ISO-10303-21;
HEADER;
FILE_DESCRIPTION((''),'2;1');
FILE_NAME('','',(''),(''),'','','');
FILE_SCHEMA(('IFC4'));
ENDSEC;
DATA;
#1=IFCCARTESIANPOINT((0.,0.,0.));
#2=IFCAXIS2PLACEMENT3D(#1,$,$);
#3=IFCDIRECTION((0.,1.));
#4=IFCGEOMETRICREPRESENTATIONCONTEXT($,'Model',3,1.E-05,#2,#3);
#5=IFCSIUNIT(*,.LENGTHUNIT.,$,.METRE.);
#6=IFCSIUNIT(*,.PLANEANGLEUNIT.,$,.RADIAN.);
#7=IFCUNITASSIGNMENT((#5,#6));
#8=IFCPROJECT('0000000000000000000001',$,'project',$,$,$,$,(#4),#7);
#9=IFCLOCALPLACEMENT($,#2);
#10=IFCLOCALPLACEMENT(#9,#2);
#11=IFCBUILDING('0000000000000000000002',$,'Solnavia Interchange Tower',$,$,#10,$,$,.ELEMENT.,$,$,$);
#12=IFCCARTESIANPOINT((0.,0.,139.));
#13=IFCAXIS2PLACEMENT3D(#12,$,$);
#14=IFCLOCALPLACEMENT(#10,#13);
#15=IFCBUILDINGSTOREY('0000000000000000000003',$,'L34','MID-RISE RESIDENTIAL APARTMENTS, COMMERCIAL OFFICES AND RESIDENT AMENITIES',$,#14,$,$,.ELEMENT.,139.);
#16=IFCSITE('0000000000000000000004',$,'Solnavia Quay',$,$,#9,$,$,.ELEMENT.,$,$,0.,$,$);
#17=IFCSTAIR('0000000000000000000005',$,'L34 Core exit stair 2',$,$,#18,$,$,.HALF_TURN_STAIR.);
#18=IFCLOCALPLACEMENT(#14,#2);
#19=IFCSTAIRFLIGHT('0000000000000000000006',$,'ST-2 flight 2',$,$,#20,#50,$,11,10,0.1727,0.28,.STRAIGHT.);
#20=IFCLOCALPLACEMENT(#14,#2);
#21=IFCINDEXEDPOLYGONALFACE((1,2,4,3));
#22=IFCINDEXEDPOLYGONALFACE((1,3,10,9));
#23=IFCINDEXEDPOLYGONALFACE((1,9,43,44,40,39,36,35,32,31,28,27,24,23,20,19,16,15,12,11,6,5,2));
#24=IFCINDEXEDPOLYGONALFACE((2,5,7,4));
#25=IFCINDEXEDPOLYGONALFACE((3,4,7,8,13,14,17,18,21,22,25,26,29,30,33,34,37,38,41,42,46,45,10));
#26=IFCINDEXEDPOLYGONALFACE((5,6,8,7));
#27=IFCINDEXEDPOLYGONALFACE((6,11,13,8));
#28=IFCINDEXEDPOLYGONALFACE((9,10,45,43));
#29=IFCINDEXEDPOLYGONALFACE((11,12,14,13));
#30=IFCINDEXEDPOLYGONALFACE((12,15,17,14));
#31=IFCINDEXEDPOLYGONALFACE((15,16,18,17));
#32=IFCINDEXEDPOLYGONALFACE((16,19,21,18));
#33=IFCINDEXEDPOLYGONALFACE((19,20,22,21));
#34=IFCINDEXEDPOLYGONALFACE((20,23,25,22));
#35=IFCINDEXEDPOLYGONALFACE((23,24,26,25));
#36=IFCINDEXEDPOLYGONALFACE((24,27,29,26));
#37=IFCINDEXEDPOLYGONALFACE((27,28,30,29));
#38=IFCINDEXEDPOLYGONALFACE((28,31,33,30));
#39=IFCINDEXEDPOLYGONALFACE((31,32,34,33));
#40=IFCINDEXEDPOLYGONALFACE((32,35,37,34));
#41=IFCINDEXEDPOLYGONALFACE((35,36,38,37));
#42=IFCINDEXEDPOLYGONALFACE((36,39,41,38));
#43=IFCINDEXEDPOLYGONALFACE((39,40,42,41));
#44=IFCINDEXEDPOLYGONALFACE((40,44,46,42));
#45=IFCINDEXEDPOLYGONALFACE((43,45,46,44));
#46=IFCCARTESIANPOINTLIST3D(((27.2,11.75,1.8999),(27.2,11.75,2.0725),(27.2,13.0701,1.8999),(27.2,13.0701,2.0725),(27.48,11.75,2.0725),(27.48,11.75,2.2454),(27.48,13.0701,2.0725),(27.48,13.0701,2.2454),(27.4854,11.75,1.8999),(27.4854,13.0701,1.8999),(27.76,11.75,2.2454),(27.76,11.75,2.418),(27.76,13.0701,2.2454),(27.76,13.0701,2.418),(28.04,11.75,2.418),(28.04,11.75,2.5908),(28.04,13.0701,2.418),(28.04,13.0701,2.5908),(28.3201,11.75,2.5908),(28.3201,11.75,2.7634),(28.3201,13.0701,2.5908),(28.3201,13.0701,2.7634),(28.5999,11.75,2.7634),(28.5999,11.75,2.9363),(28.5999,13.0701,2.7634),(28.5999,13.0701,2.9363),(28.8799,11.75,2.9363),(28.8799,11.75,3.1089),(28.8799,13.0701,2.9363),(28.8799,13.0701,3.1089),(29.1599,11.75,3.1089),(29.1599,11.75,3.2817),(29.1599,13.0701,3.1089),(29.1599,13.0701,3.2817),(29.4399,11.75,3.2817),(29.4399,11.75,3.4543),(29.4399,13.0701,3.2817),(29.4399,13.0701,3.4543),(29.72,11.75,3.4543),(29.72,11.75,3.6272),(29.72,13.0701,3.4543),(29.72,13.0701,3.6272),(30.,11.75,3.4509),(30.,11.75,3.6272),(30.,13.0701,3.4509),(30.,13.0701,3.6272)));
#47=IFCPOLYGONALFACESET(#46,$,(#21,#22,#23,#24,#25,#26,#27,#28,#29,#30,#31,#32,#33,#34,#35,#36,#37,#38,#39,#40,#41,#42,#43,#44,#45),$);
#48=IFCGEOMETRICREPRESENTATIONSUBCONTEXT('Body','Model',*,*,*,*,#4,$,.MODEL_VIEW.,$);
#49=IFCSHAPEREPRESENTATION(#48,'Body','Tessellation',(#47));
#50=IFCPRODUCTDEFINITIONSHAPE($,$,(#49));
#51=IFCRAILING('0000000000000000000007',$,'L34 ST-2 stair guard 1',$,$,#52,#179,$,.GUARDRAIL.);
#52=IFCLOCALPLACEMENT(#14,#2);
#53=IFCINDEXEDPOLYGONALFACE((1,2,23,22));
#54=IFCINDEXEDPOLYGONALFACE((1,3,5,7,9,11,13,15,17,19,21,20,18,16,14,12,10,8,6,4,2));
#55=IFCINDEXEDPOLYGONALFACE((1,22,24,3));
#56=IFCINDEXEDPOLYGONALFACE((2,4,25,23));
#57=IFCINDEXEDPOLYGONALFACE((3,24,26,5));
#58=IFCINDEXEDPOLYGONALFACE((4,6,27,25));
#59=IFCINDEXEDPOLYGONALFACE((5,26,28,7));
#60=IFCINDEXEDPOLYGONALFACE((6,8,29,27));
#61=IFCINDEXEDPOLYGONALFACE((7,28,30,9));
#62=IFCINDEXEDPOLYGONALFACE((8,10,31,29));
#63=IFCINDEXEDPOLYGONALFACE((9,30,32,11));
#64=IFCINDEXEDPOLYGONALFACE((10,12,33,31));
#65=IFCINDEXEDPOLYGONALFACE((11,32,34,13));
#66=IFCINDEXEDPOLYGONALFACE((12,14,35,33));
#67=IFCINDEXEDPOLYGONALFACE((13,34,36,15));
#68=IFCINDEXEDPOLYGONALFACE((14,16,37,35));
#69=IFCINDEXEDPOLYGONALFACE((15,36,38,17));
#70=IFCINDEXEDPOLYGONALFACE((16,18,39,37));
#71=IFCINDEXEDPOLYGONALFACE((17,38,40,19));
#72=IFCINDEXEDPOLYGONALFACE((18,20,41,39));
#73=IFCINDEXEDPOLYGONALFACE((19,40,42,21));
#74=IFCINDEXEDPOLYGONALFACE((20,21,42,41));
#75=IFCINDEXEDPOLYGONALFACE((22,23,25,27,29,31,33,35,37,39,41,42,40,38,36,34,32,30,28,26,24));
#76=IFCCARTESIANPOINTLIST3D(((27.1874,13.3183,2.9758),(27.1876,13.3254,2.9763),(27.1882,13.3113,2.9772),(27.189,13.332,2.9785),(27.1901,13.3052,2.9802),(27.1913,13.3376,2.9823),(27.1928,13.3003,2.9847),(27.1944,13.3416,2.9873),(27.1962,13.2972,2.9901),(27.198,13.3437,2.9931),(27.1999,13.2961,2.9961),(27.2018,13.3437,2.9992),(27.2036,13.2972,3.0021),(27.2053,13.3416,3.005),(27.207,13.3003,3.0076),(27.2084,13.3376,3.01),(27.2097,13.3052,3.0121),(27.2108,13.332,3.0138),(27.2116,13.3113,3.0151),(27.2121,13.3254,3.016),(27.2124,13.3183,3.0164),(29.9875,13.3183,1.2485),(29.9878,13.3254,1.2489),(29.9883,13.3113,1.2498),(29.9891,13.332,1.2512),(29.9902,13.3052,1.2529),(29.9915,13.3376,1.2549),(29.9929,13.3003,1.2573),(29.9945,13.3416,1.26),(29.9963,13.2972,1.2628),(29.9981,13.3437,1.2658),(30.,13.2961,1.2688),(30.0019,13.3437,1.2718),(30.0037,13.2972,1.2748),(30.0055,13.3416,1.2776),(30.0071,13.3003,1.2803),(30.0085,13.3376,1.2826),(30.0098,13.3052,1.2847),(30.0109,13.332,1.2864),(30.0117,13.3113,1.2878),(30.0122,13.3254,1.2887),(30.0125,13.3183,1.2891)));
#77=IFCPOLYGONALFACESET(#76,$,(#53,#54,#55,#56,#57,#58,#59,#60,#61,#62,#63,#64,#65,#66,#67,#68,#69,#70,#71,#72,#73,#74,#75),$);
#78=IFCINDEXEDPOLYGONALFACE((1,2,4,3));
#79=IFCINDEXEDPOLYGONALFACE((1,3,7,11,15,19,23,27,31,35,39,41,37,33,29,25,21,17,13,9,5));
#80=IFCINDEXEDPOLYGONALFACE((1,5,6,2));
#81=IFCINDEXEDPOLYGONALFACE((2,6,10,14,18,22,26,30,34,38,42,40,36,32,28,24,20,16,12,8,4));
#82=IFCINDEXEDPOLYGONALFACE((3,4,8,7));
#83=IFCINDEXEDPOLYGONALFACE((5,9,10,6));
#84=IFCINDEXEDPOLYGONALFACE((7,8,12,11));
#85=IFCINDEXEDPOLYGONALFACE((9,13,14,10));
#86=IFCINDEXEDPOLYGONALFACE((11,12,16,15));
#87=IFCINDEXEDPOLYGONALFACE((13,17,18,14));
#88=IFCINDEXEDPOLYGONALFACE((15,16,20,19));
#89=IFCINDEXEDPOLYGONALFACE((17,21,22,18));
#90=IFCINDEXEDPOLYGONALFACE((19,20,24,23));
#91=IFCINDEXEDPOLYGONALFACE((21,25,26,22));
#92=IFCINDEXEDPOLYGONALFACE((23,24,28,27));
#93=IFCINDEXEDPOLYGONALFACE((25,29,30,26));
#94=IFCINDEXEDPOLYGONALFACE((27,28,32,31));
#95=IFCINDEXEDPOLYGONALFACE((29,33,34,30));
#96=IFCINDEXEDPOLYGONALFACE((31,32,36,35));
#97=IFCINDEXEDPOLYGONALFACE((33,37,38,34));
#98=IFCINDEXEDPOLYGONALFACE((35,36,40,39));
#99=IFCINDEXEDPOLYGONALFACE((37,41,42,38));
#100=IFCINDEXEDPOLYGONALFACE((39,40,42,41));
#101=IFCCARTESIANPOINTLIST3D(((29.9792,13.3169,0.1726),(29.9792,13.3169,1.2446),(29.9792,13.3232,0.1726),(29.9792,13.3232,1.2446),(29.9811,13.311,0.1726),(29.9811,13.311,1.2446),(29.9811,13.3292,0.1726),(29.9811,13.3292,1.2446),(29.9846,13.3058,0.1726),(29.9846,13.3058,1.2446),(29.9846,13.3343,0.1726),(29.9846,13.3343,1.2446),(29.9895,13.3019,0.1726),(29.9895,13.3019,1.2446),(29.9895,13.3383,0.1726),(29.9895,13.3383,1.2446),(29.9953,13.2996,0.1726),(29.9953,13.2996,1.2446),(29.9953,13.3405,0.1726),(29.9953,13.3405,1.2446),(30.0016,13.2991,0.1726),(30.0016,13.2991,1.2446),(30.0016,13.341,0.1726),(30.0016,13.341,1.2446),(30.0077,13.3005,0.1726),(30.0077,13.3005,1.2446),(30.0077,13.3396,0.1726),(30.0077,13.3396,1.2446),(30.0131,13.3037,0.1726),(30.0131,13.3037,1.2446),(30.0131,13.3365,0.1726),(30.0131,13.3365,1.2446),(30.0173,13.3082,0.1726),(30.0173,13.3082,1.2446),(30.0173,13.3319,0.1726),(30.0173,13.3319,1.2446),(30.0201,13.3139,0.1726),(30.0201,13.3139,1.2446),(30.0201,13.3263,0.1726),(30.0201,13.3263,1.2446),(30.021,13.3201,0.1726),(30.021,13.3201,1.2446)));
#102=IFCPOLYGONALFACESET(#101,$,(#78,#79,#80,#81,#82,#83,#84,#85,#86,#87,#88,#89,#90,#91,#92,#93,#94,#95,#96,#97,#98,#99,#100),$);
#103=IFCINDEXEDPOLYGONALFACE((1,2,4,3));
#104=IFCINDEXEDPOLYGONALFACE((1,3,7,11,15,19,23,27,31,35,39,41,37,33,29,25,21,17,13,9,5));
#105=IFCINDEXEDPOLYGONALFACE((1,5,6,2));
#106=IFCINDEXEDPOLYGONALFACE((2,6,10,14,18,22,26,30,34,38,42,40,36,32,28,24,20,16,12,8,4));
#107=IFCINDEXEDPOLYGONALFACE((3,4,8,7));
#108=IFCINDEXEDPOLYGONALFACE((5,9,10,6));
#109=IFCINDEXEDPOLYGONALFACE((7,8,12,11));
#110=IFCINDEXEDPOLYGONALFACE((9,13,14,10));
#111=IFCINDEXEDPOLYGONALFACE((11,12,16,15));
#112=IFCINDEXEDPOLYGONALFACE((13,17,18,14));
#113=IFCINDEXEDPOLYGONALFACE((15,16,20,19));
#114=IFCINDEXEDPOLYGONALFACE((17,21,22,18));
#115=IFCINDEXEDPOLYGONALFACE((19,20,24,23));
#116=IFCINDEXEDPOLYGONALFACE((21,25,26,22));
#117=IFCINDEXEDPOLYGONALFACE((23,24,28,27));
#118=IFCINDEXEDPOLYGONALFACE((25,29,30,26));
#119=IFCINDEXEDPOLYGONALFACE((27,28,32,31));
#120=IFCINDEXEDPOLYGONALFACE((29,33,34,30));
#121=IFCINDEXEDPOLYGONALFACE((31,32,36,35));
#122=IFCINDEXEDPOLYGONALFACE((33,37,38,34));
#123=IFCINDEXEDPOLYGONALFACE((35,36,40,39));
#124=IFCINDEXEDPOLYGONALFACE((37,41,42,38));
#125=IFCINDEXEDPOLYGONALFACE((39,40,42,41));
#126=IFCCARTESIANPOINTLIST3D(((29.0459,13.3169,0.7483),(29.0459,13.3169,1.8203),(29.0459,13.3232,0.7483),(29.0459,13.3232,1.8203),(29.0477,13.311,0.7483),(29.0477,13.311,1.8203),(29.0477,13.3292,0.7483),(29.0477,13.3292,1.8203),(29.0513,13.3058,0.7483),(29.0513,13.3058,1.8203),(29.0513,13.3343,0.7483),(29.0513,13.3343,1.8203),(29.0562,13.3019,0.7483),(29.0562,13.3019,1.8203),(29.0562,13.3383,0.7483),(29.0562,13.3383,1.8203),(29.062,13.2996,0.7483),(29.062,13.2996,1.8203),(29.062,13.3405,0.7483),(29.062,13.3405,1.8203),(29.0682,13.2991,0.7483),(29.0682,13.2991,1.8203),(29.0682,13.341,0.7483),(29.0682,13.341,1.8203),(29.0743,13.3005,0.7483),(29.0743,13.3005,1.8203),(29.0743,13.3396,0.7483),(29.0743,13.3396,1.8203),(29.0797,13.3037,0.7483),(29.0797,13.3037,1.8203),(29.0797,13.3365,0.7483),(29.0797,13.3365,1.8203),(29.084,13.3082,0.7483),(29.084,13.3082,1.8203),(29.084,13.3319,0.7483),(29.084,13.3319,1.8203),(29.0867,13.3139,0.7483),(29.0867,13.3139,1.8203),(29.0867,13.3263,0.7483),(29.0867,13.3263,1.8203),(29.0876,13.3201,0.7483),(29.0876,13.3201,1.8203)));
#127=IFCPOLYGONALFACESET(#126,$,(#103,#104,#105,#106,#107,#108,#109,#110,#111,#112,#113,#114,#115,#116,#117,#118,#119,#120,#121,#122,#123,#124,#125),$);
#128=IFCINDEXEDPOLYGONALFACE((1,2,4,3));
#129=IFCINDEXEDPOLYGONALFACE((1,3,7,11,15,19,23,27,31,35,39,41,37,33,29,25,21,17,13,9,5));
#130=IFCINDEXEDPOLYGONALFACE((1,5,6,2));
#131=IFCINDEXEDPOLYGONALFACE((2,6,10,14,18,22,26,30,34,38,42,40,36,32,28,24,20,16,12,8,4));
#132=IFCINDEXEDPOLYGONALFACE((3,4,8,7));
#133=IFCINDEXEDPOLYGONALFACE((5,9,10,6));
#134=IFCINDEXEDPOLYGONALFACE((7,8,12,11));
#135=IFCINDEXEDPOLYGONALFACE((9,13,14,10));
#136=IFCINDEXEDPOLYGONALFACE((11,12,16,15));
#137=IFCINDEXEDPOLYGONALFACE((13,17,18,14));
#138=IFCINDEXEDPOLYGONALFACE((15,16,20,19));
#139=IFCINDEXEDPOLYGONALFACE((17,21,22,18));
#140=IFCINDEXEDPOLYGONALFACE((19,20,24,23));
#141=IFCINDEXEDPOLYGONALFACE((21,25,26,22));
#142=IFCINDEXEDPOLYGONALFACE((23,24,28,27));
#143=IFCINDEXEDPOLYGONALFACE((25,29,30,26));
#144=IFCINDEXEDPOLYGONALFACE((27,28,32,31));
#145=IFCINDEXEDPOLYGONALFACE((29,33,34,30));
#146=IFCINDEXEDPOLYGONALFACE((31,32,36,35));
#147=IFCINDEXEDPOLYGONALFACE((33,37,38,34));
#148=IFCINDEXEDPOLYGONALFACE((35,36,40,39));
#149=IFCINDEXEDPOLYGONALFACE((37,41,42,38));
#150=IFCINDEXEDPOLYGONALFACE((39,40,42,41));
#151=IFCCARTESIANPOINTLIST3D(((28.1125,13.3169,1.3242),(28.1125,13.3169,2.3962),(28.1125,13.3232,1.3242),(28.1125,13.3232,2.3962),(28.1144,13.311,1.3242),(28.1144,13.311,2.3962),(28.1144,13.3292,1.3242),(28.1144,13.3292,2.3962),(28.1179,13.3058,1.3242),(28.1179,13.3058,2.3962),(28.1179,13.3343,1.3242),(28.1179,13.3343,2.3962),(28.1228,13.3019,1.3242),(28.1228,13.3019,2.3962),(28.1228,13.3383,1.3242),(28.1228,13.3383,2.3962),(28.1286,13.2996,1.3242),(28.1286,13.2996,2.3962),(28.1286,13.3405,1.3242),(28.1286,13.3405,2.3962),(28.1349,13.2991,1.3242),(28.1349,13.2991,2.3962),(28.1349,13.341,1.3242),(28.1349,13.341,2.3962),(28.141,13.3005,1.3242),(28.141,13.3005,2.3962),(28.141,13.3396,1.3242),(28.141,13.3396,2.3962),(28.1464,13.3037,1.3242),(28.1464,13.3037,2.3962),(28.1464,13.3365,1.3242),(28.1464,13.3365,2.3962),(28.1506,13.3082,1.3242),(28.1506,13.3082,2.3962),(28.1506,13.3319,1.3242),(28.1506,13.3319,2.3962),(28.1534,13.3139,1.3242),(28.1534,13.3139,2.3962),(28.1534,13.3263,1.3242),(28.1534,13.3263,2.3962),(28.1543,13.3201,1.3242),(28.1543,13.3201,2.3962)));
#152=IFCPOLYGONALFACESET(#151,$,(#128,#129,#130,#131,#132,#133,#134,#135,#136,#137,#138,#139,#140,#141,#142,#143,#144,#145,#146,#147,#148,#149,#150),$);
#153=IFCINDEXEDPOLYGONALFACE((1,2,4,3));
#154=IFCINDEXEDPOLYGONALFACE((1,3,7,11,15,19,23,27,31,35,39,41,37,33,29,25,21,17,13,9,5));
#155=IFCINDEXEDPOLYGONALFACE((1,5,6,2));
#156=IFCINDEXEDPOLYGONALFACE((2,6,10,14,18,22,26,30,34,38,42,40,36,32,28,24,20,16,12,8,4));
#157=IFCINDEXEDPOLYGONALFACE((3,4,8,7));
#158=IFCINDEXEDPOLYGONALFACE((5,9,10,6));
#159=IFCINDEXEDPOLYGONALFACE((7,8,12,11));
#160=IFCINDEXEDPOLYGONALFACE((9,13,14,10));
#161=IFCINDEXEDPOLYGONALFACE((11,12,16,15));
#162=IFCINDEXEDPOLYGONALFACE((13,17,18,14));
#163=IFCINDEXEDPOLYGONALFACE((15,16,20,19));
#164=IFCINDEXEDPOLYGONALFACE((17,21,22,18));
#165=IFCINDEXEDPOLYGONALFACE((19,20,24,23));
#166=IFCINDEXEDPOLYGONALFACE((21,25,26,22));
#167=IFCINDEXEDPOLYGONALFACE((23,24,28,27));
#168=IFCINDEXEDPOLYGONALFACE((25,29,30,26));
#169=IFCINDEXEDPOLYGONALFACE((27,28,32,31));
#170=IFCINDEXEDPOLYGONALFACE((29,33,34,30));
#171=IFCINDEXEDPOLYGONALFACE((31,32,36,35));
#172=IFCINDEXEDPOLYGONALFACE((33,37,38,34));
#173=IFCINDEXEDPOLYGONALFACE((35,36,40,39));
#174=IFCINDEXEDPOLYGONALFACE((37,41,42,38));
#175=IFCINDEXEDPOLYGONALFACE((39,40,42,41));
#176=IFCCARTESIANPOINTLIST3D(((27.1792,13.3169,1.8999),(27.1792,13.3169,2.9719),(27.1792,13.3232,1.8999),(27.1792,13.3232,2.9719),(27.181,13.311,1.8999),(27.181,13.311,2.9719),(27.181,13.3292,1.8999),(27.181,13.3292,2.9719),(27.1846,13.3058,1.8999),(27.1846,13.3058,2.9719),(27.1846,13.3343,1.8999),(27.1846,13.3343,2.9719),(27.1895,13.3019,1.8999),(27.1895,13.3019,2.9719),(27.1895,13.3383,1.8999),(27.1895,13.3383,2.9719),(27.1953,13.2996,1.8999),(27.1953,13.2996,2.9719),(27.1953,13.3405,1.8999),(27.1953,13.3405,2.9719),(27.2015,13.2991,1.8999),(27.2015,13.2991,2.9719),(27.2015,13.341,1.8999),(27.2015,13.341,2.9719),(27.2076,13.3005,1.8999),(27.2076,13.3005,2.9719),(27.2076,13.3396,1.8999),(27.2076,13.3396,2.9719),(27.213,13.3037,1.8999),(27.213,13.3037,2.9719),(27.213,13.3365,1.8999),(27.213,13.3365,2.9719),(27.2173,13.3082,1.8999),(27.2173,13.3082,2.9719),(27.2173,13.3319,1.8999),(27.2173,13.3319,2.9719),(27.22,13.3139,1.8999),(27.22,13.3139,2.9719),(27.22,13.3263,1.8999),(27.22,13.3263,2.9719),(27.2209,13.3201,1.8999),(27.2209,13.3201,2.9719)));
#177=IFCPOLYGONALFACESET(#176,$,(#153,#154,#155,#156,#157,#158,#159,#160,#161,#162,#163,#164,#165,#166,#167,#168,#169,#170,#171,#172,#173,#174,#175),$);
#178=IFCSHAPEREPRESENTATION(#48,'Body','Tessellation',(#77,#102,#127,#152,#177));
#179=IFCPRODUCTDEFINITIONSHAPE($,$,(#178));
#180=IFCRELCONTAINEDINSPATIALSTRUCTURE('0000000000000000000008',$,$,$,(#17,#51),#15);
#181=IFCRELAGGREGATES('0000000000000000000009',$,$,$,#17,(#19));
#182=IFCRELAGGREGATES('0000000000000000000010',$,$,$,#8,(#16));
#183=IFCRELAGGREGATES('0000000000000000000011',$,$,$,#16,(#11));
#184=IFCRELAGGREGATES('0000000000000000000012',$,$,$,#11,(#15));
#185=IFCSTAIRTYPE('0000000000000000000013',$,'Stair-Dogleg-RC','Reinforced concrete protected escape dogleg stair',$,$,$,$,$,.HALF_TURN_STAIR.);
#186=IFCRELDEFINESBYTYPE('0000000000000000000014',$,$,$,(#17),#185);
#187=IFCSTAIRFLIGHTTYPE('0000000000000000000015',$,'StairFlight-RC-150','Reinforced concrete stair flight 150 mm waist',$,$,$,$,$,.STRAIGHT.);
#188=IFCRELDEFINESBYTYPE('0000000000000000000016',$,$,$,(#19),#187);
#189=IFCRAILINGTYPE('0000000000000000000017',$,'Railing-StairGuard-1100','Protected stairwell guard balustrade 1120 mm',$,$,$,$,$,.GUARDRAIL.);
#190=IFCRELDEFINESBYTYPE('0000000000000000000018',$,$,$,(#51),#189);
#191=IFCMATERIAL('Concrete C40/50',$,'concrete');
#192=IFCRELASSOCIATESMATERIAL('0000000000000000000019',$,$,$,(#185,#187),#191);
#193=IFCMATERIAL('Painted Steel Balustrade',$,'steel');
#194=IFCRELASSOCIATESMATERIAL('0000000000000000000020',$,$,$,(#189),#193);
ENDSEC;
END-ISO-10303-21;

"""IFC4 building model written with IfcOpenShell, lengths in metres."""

from ifc_helpers import new_model, si_unit, direction, frame, origin, origin_2d, place, context, subcontext, project, spatial, polyline, circle, outline, extrude, material, type_object, element, aggregate, save


model = new_model("IFC4")

# Units and contexts
model_context = context("Model", 3, precision=1e-05, world=origin(), true_north=direction((0.0, 1.0)))
body_context = subcontext(model_context, "Body", "Model", "MODEL_VIEW")
ifc_project = project(units=[si_unit("LENGTHUNIT", "METRE"), si_unit("PLANEANGLEUNIT", "RADIAN")], contexts=[model_context])

# Site, building, storey
site_placement = place(None, origin())
site = spatial("IfcSite", under=ifc_project, at=site_placement, Name="Solnavia Quay", CompositionType="ELEMENT", RefElevation=0.0)
building_placement = place(site_placement, origin())
building = spatial("IfcBuilding", under=site, at=building_placement, Name="Solnavia Interchange Tower", CompositionType="ELEMENT")
storey_placement = place(building_placement, frame((0.0, 0.0, 139.0)))
storey = spatial("IfcBuildingStorey", under=building, at=storey_placement, Name="L34", Description="MID-RISE RESIDENTIAL APARTMENTS, COMMERCIAL OFFICES AND RESIDENT AMENITIES", CompositionType="ELEMENT", Elevation=139.0)

# Shared definitions
ifc_material_1 = material(Name="Concrete C40/50", Category="concrete")

# Stair, stair flight
stair_type = type_object("IfcStairType", Name="Stair-Dogleg-RC", Description="Reinforced concrete protected escape dogleg stair", PredefinedType="HALF_TURN_STAIR", material=ifc_material_1)
stair_placement = place(storey_placement, origin())
stair = element("IfcStair", 1, at=stair_placement, inside=storey, type_object=stair_type, Name="L34 Core exit stair 2", PredefinedType="HALF_TURN_STAIR")
stair_flight_type = type_object("IfcStairFlightType", Name="StairFlight-RC-150", Description="Reinforced concrete stair flight 150 mm waist", PredefinedType="STRAIGHT", material=ifc_material_1)
stair_flight_1_placement = place(storey_placement, frame((27.2, 12.4099, 1.8999), z_axis=(0.0, 0.0, 1.0), x_axis=(1.0, 0.0, 0.0)))
stair_flight_1 = element("IfcStairFlight", 2, at=stair_flight_1_placement, type_object=stair_flight_type, Name="ST-2 flight 2", NumberOfRisers=11, NumberOfTreads=10, PredefinedType="STRAIGHT", RiserHeight=0.1727, TreadLength=0.28, context=body_context, shape_type="SweptSolid", body=[
    extrude(outline(polyline([(0.0, 0.0), (0.0, 0.1726), (0.28, 0.1726), (0.28, 0.3455), (0.5601, 0.3455), (0.5601, 0.5181), (0.8401, 0.5181), (0.8401, 0.6909), (1.1201, 0.6909), (1.1201, 0.8635), (1.3999, 0.8635), (1.3999, 1.0364), (1.6799, 1.0364), (1.6799, 1.209), (1.96, 1.209), (1.96, 1.3818), (2.24, 1.3818), (2.24, 1.5544), (2.52, 1.5544), (2.52, 1.7273), (2.8, 1.7273), (2.8, 1.8999), (2.8, 1.551), (0.2854, 0.0), (0.0, 0.0)])), frame((0.0, 0.6602, 0.0), z_axis=(0.0, -1.0, 0.0), x_axis=(1.0, 0.0, 0.0)), (0.0, 0.0, 1.0), 1.3201),
])
aggregate(stair, [stair_flight_1])

# Railing
ifc_material_2 = material(Name="Painted Steel Balustrade", Category="steel")
railing_type_1 = type_object("IfcRailingType", Name="Railing-StairGuard-1100", Description="Protected stairwell guard balustrade 1120 mm", PredefinedType="GUARDRAIL", material=ifc_material_2)
railing_1_placement = place(storey_placement, frame((30.0, 13.3201, 0.1726)))
element("IfcRailing", 3, at=railing_1_placement, inside=storey, type_object=railing_type_1, Name="L34 ST-2 stair guard 1", PredefinedType="GUARDRAIL", context=body_context, shape_type="SweptSolid", body=[
    extrude(circle(Radius=0.0239, at=origin_2d()), frame((0.0, 0.0, 1.0962), z_axis=(-0.85109, 0.0, 0.52502), x_axis=(0.0, -1.0, 0.0)), (0.0, 0.0, 1.0), 3.29),
    extrude(circle(Radius=0.021, at=origin_2d()), origin(), (0.0, 0.0, 1.0), 1.072),
    extrude(circle(Radius=0.021, at=origin_2d()), frame((-0.9333, 0.0, 0.5757)), (0.0, 0.0, 1.0), 1.072),
    extrude(circle(Radius=0.021, at=origin_2d()), frame((-1.8667, 0.0, 1.1516)), (0.0, 0.0, 1.0), 1.072),
    extrude(circle(Radius=0.021, at=origin_2d()), frame((-2.8, 0.0, 1.7273)), (0.0, 0.0, 1.0), 1.072),
])

save(model, "model.ifc")
